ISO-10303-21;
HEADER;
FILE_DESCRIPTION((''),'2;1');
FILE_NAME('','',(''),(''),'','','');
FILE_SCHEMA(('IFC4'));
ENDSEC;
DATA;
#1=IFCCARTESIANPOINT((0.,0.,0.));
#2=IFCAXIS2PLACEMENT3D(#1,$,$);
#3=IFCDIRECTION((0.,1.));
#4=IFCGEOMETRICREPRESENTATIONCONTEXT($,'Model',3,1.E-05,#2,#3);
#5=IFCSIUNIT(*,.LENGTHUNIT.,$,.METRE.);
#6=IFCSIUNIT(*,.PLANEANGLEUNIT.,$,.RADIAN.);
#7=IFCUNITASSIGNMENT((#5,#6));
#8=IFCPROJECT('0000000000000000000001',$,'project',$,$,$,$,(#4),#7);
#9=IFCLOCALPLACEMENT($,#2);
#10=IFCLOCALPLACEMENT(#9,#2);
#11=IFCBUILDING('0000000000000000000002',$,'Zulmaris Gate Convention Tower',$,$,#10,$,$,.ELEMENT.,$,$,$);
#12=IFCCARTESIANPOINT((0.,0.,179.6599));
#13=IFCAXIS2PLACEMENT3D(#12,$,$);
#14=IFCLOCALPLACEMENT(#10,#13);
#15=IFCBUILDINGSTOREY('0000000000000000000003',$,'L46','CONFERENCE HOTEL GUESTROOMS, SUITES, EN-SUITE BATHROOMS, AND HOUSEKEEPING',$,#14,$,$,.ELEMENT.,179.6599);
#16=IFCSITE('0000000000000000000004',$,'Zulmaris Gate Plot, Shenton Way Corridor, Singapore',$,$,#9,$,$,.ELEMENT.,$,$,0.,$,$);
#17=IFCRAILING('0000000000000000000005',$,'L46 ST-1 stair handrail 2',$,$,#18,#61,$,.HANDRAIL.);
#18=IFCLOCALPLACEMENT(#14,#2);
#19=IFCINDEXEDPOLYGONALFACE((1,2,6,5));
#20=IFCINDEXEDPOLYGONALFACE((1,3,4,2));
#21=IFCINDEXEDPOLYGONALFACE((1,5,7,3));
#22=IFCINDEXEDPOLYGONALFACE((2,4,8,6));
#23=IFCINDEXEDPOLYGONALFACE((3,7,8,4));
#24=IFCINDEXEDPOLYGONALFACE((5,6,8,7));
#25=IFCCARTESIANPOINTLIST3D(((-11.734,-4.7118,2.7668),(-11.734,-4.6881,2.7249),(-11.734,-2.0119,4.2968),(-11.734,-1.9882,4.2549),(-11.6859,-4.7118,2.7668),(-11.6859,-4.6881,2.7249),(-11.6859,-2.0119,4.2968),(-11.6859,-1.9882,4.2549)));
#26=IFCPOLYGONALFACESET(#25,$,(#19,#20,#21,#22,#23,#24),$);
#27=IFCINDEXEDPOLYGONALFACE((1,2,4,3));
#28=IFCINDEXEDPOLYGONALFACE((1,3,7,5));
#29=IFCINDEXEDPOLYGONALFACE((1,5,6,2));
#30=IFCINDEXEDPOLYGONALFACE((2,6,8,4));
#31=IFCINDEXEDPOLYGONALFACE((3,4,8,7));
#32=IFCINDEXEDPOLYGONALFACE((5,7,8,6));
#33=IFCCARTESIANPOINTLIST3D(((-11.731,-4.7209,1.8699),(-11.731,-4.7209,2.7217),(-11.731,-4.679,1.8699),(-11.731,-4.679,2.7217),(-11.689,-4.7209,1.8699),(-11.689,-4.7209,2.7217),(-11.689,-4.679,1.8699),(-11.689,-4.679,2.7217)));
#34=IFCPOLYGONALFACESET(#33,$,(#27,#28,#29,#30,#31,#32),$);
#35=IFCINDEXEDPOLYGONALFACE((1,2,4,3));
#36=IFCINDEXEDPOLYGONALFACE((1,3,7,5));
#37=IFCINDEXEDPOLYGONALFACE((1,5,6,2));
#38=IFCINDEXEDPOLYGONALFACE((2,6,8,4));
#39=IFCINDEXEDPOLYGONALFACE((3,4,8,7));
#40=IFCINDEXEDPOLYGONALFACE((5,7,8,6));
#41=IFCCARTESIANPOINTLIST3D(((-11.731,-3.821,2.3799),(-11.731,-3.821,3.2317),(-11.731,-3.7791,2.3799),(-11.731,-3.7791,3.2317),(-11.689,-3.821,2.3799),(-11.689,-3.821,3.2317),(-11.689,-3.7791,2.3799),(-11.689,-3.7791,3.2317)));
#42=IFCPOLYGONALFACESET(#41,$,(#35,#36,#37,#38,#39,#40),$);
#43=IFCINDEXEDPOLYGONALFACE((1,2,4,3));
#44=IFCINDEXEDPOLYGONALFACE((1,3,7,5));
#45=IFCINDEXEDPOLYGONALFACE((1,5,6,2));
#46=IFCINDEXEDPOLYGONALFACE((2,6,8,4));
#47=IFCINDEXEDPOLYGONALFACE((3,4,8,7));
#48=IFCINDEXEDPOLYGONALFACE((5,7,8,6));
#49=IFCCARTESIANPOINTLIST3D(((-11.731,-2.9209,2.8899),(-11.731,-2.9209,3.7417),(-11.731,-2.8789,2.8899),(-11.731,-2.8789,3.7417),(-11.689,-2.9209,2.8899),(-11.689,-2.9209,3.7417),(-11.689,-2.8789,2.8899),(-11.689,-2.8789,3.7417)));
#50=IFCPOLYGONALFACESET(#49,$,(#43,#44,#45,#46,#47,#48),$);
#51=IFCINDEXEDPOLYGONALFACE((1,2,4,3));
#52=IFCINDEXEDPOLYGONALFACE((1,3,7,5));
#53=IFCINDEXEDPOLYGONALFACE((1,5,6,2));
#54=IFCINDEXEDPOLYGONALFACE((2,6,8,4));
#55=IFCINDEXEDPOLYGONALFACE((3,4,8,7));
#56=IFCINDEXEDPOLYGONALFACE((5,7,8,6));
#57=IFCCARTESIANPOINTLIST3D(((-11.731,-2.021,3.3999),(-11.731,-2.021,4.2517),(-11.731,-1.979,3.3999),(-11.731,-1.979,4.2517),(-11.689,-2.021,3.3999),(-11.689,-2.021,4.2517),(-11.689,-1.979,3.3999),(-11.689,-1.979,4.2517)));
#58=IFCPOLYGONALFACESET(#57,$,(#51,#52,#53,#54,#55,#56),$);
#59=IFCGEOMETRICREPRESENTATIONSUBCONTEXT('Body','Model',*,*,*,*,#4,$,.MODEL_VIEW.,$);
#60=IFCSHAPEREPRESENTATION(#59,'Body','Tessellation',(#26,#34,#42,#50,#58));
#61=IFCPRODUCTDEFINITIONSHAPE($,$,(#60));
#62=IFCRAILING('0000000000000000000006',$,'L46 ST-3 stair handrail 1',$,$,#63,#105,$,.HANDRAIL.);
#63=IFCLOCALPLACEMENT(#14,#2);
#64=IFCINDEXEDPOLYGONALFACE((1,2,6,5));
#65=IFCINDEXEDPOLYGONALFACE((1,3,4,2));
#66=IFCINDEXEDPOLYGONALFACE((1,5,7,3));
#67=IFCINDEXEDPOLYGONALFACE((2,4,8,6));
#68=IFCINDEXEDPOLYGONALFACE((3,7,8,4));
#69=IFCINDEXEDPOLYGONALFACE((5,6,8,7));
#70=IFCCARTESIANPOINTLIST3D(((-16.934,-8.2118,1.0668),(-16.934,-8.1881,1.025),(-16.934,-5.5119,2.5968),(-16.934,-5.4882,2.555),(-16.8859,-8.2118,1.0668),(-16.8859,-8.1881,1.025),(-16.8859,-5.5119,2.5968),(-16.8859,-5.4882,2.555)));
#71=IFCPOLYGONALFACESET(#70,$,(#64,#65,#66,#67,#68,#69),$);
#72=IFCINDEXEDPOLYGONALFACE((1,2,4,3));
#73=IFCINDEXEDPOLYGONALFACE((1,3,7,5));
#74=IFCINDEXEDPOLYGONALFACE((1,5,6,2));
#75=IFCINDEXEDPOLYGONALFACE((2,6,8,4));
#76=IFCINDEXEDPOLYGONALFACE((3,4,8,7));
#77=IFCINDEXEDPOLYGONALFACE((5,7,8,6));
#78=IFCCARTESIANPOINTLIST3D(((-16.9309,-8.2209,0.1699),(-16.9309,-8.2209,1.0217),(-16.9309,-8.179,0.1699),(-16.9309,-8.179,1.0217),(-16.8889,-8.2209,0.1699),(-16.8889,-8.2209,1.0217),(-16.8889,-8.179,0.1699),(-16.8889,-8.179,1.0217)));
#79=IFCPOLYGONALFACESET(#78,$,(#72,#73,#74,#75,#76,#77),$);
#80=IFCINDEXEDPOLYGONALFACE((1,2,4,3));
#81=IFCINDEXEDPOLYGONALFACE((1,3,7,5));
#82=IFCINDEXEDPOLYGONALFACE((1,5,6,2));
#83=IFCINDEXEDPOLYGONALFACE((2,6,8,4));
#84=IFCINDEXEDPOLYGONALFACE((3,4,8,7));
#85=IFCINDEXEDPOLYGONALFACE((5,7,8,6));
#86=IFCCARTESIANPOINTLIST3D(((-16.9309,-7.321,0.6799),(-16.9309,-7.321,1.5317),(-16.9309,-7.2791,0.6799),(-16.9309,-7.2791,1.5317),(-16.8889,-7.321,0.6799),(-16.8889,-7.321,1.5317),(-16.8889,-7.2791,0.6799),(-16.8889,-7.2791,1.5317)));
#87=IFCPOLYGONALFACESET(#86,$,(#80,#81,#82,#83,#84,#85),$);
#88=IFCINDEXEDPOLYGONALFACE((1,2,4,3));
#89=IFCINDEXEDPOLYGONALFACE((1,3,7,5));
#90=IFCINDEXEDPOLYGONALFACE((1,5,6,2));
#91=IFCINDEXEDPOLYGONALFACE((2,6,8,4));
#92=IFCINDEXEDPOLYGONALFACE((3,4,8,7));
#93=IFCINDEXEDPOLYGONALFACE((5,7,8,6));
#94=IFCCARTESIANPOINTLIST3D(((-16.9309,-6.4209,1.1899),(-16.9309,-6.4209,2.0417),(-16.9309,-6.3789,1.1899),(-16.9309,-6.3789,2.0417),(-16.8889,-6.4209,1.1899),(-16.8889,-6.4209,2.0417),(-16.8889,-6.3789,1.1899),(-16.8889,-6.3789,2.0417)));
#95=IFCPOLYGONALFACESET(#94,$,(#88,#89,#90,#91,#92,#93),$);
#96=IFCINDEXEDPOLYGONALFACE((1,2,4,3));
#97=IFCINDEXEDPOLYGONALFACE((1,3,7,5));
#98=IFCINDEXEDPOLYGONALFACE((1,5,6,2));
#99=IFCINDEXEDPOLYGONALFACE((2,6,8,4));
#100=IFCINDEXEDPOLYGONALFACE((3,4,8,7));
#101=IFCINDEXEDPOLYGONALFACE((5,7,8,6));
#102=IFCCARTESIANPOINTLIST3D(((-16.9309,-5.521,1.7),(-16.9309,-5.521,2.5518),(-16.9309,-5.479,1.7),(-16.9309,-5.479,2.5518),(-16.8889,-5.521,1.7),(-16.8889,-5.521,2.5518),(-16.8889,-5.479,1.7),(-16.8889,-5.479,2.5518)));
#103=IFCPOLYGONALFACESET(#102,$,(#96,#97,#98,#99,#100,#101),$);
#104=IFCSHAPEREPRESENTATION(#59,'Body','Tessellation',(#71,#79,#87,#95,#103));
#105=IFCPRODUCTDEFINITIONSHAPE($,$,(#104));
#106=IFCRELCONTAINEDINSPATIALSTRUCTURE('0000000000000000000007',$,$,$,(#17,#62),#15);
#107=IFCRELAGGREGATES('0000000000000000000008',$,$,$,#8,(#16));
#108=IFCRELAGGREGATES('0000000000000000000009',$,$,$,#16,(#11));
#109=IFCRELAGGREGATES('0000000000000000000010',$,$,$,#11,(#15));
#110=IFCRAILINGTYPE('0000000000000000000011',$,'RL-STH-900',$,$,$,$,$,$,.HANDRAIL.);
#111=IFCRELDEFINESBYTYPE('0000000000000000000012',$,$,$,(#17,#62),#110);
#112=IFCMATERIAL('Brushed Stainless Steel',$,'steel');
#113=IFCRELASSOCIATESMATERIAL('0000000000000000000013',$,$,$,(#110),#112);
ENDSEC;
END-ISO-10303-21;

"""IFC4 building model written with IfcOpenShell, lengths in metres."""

from ifc_helpers import new_model, si_unit, direction, frame, origin, origin_2d, place, context, subcontext, project, spatial, rectangle, extrude, material, type_object, element, save


model = new_model("IFC4")

# Units and contexts
model_context = context("Model", 3, precision=1e-05, world=origin(), true_north=direction((0.0, 1.0)))
body_context = subcontext(model_context, "Body", "Model", "MODEL_VIEW")
ifc_project = project(units=[si_unit("LENGTHUNIT", "METRE"), si_unit("PLANEANGLEUNIT", "RADIAN")], contexts=[model_context])

# Site, building, storey
site_placement = place(None, origin())
site = spatial("IfcSite", under=ifc_project, at=site_placement, Name="Zulmaris Gate Plot, Shenton Way Corridor, Singapore", CompositionType="ELEMENT", RefElevation=0.0)
building_placement = place(site_placement, origin())
building = spatial("IfcBuilding", under=site, at=building_placement, Name="Zulmaris Gate Convention Tower", CompositionType="ELEMENT")
storey_placement = place(building_placement, frame((0.0, 0.0, 179.6599)))
storey = spatial("IfcBuildingStorey", under=building, at=storey_placement, Name="L46", Description="CONFERENCE HOTEL GUESTROOMS, SUITES, EN-SUITE BATHROOMS, AND HOUSEKEEPING", CompositionType="ELEMENT", Elevation=179.6599)

# Shared definitions
ifc_material_1 = material(Name="Brushed Stainless Steel", Category="steel")

# Railings
railing_type_1 = type_object("IfcRailingType", Name="RL-STH-900", PredefinedType="HANDRAIL", material=ifc_material_1)
for number, where, name in (
    (1, (-11.71, -4.7, 1.8699), "L46 ST-1 stair handrail 2"),
    (2, (-16.9099, -8.2, 0.1699), "L46 ST-3 stair handrail 1"),
):
    element("IfcRailing", number, at=place(storey_placement, frame(where)), inside=storey, type_object=railing_type_1, Name=name, PredefinedType="HANDRAIL", context=body_context, shape_type="SweptSolid", body=[
        extrude(rectangle(XDim=0.0481, YDim=0.0481, at=origin_2d()), frame((0.0, 0.0, 0.876), z_axis=(0.0, 0.870014, 0.493026), x_axis=(-1.0, 0.0, 0.0)), (0.0, 0.0, 1.0), 3.1033),
        extrude(rectangle(XDim=0.042, YDim=0.042, at=origin_2d()), origin(), (0.0, 0.0, 1.0), 0.8518),
        extrude(rectangle(XDim=0.042, YDim=0.042, at=origin_2d()), frame((0.0, 0.8999, 0.51)), (0.0, 0.0, 1.0), 0.8518),
        extrude(rectangle(XDim=0.042, YDim=0.042, at=origin_2d()), frame((0.0, 1.8, 1.02)), (0.0, 0.0, 1.0), 0.8518),
        extrude(rectangle(XDim=0.042, YDim=0.042, at=origin_2d()), frame((0.0, 2.7, 1.53)), (0.0, 0.0, 1.0), 0.8518),
    ])

save(model, "model.ifc")
